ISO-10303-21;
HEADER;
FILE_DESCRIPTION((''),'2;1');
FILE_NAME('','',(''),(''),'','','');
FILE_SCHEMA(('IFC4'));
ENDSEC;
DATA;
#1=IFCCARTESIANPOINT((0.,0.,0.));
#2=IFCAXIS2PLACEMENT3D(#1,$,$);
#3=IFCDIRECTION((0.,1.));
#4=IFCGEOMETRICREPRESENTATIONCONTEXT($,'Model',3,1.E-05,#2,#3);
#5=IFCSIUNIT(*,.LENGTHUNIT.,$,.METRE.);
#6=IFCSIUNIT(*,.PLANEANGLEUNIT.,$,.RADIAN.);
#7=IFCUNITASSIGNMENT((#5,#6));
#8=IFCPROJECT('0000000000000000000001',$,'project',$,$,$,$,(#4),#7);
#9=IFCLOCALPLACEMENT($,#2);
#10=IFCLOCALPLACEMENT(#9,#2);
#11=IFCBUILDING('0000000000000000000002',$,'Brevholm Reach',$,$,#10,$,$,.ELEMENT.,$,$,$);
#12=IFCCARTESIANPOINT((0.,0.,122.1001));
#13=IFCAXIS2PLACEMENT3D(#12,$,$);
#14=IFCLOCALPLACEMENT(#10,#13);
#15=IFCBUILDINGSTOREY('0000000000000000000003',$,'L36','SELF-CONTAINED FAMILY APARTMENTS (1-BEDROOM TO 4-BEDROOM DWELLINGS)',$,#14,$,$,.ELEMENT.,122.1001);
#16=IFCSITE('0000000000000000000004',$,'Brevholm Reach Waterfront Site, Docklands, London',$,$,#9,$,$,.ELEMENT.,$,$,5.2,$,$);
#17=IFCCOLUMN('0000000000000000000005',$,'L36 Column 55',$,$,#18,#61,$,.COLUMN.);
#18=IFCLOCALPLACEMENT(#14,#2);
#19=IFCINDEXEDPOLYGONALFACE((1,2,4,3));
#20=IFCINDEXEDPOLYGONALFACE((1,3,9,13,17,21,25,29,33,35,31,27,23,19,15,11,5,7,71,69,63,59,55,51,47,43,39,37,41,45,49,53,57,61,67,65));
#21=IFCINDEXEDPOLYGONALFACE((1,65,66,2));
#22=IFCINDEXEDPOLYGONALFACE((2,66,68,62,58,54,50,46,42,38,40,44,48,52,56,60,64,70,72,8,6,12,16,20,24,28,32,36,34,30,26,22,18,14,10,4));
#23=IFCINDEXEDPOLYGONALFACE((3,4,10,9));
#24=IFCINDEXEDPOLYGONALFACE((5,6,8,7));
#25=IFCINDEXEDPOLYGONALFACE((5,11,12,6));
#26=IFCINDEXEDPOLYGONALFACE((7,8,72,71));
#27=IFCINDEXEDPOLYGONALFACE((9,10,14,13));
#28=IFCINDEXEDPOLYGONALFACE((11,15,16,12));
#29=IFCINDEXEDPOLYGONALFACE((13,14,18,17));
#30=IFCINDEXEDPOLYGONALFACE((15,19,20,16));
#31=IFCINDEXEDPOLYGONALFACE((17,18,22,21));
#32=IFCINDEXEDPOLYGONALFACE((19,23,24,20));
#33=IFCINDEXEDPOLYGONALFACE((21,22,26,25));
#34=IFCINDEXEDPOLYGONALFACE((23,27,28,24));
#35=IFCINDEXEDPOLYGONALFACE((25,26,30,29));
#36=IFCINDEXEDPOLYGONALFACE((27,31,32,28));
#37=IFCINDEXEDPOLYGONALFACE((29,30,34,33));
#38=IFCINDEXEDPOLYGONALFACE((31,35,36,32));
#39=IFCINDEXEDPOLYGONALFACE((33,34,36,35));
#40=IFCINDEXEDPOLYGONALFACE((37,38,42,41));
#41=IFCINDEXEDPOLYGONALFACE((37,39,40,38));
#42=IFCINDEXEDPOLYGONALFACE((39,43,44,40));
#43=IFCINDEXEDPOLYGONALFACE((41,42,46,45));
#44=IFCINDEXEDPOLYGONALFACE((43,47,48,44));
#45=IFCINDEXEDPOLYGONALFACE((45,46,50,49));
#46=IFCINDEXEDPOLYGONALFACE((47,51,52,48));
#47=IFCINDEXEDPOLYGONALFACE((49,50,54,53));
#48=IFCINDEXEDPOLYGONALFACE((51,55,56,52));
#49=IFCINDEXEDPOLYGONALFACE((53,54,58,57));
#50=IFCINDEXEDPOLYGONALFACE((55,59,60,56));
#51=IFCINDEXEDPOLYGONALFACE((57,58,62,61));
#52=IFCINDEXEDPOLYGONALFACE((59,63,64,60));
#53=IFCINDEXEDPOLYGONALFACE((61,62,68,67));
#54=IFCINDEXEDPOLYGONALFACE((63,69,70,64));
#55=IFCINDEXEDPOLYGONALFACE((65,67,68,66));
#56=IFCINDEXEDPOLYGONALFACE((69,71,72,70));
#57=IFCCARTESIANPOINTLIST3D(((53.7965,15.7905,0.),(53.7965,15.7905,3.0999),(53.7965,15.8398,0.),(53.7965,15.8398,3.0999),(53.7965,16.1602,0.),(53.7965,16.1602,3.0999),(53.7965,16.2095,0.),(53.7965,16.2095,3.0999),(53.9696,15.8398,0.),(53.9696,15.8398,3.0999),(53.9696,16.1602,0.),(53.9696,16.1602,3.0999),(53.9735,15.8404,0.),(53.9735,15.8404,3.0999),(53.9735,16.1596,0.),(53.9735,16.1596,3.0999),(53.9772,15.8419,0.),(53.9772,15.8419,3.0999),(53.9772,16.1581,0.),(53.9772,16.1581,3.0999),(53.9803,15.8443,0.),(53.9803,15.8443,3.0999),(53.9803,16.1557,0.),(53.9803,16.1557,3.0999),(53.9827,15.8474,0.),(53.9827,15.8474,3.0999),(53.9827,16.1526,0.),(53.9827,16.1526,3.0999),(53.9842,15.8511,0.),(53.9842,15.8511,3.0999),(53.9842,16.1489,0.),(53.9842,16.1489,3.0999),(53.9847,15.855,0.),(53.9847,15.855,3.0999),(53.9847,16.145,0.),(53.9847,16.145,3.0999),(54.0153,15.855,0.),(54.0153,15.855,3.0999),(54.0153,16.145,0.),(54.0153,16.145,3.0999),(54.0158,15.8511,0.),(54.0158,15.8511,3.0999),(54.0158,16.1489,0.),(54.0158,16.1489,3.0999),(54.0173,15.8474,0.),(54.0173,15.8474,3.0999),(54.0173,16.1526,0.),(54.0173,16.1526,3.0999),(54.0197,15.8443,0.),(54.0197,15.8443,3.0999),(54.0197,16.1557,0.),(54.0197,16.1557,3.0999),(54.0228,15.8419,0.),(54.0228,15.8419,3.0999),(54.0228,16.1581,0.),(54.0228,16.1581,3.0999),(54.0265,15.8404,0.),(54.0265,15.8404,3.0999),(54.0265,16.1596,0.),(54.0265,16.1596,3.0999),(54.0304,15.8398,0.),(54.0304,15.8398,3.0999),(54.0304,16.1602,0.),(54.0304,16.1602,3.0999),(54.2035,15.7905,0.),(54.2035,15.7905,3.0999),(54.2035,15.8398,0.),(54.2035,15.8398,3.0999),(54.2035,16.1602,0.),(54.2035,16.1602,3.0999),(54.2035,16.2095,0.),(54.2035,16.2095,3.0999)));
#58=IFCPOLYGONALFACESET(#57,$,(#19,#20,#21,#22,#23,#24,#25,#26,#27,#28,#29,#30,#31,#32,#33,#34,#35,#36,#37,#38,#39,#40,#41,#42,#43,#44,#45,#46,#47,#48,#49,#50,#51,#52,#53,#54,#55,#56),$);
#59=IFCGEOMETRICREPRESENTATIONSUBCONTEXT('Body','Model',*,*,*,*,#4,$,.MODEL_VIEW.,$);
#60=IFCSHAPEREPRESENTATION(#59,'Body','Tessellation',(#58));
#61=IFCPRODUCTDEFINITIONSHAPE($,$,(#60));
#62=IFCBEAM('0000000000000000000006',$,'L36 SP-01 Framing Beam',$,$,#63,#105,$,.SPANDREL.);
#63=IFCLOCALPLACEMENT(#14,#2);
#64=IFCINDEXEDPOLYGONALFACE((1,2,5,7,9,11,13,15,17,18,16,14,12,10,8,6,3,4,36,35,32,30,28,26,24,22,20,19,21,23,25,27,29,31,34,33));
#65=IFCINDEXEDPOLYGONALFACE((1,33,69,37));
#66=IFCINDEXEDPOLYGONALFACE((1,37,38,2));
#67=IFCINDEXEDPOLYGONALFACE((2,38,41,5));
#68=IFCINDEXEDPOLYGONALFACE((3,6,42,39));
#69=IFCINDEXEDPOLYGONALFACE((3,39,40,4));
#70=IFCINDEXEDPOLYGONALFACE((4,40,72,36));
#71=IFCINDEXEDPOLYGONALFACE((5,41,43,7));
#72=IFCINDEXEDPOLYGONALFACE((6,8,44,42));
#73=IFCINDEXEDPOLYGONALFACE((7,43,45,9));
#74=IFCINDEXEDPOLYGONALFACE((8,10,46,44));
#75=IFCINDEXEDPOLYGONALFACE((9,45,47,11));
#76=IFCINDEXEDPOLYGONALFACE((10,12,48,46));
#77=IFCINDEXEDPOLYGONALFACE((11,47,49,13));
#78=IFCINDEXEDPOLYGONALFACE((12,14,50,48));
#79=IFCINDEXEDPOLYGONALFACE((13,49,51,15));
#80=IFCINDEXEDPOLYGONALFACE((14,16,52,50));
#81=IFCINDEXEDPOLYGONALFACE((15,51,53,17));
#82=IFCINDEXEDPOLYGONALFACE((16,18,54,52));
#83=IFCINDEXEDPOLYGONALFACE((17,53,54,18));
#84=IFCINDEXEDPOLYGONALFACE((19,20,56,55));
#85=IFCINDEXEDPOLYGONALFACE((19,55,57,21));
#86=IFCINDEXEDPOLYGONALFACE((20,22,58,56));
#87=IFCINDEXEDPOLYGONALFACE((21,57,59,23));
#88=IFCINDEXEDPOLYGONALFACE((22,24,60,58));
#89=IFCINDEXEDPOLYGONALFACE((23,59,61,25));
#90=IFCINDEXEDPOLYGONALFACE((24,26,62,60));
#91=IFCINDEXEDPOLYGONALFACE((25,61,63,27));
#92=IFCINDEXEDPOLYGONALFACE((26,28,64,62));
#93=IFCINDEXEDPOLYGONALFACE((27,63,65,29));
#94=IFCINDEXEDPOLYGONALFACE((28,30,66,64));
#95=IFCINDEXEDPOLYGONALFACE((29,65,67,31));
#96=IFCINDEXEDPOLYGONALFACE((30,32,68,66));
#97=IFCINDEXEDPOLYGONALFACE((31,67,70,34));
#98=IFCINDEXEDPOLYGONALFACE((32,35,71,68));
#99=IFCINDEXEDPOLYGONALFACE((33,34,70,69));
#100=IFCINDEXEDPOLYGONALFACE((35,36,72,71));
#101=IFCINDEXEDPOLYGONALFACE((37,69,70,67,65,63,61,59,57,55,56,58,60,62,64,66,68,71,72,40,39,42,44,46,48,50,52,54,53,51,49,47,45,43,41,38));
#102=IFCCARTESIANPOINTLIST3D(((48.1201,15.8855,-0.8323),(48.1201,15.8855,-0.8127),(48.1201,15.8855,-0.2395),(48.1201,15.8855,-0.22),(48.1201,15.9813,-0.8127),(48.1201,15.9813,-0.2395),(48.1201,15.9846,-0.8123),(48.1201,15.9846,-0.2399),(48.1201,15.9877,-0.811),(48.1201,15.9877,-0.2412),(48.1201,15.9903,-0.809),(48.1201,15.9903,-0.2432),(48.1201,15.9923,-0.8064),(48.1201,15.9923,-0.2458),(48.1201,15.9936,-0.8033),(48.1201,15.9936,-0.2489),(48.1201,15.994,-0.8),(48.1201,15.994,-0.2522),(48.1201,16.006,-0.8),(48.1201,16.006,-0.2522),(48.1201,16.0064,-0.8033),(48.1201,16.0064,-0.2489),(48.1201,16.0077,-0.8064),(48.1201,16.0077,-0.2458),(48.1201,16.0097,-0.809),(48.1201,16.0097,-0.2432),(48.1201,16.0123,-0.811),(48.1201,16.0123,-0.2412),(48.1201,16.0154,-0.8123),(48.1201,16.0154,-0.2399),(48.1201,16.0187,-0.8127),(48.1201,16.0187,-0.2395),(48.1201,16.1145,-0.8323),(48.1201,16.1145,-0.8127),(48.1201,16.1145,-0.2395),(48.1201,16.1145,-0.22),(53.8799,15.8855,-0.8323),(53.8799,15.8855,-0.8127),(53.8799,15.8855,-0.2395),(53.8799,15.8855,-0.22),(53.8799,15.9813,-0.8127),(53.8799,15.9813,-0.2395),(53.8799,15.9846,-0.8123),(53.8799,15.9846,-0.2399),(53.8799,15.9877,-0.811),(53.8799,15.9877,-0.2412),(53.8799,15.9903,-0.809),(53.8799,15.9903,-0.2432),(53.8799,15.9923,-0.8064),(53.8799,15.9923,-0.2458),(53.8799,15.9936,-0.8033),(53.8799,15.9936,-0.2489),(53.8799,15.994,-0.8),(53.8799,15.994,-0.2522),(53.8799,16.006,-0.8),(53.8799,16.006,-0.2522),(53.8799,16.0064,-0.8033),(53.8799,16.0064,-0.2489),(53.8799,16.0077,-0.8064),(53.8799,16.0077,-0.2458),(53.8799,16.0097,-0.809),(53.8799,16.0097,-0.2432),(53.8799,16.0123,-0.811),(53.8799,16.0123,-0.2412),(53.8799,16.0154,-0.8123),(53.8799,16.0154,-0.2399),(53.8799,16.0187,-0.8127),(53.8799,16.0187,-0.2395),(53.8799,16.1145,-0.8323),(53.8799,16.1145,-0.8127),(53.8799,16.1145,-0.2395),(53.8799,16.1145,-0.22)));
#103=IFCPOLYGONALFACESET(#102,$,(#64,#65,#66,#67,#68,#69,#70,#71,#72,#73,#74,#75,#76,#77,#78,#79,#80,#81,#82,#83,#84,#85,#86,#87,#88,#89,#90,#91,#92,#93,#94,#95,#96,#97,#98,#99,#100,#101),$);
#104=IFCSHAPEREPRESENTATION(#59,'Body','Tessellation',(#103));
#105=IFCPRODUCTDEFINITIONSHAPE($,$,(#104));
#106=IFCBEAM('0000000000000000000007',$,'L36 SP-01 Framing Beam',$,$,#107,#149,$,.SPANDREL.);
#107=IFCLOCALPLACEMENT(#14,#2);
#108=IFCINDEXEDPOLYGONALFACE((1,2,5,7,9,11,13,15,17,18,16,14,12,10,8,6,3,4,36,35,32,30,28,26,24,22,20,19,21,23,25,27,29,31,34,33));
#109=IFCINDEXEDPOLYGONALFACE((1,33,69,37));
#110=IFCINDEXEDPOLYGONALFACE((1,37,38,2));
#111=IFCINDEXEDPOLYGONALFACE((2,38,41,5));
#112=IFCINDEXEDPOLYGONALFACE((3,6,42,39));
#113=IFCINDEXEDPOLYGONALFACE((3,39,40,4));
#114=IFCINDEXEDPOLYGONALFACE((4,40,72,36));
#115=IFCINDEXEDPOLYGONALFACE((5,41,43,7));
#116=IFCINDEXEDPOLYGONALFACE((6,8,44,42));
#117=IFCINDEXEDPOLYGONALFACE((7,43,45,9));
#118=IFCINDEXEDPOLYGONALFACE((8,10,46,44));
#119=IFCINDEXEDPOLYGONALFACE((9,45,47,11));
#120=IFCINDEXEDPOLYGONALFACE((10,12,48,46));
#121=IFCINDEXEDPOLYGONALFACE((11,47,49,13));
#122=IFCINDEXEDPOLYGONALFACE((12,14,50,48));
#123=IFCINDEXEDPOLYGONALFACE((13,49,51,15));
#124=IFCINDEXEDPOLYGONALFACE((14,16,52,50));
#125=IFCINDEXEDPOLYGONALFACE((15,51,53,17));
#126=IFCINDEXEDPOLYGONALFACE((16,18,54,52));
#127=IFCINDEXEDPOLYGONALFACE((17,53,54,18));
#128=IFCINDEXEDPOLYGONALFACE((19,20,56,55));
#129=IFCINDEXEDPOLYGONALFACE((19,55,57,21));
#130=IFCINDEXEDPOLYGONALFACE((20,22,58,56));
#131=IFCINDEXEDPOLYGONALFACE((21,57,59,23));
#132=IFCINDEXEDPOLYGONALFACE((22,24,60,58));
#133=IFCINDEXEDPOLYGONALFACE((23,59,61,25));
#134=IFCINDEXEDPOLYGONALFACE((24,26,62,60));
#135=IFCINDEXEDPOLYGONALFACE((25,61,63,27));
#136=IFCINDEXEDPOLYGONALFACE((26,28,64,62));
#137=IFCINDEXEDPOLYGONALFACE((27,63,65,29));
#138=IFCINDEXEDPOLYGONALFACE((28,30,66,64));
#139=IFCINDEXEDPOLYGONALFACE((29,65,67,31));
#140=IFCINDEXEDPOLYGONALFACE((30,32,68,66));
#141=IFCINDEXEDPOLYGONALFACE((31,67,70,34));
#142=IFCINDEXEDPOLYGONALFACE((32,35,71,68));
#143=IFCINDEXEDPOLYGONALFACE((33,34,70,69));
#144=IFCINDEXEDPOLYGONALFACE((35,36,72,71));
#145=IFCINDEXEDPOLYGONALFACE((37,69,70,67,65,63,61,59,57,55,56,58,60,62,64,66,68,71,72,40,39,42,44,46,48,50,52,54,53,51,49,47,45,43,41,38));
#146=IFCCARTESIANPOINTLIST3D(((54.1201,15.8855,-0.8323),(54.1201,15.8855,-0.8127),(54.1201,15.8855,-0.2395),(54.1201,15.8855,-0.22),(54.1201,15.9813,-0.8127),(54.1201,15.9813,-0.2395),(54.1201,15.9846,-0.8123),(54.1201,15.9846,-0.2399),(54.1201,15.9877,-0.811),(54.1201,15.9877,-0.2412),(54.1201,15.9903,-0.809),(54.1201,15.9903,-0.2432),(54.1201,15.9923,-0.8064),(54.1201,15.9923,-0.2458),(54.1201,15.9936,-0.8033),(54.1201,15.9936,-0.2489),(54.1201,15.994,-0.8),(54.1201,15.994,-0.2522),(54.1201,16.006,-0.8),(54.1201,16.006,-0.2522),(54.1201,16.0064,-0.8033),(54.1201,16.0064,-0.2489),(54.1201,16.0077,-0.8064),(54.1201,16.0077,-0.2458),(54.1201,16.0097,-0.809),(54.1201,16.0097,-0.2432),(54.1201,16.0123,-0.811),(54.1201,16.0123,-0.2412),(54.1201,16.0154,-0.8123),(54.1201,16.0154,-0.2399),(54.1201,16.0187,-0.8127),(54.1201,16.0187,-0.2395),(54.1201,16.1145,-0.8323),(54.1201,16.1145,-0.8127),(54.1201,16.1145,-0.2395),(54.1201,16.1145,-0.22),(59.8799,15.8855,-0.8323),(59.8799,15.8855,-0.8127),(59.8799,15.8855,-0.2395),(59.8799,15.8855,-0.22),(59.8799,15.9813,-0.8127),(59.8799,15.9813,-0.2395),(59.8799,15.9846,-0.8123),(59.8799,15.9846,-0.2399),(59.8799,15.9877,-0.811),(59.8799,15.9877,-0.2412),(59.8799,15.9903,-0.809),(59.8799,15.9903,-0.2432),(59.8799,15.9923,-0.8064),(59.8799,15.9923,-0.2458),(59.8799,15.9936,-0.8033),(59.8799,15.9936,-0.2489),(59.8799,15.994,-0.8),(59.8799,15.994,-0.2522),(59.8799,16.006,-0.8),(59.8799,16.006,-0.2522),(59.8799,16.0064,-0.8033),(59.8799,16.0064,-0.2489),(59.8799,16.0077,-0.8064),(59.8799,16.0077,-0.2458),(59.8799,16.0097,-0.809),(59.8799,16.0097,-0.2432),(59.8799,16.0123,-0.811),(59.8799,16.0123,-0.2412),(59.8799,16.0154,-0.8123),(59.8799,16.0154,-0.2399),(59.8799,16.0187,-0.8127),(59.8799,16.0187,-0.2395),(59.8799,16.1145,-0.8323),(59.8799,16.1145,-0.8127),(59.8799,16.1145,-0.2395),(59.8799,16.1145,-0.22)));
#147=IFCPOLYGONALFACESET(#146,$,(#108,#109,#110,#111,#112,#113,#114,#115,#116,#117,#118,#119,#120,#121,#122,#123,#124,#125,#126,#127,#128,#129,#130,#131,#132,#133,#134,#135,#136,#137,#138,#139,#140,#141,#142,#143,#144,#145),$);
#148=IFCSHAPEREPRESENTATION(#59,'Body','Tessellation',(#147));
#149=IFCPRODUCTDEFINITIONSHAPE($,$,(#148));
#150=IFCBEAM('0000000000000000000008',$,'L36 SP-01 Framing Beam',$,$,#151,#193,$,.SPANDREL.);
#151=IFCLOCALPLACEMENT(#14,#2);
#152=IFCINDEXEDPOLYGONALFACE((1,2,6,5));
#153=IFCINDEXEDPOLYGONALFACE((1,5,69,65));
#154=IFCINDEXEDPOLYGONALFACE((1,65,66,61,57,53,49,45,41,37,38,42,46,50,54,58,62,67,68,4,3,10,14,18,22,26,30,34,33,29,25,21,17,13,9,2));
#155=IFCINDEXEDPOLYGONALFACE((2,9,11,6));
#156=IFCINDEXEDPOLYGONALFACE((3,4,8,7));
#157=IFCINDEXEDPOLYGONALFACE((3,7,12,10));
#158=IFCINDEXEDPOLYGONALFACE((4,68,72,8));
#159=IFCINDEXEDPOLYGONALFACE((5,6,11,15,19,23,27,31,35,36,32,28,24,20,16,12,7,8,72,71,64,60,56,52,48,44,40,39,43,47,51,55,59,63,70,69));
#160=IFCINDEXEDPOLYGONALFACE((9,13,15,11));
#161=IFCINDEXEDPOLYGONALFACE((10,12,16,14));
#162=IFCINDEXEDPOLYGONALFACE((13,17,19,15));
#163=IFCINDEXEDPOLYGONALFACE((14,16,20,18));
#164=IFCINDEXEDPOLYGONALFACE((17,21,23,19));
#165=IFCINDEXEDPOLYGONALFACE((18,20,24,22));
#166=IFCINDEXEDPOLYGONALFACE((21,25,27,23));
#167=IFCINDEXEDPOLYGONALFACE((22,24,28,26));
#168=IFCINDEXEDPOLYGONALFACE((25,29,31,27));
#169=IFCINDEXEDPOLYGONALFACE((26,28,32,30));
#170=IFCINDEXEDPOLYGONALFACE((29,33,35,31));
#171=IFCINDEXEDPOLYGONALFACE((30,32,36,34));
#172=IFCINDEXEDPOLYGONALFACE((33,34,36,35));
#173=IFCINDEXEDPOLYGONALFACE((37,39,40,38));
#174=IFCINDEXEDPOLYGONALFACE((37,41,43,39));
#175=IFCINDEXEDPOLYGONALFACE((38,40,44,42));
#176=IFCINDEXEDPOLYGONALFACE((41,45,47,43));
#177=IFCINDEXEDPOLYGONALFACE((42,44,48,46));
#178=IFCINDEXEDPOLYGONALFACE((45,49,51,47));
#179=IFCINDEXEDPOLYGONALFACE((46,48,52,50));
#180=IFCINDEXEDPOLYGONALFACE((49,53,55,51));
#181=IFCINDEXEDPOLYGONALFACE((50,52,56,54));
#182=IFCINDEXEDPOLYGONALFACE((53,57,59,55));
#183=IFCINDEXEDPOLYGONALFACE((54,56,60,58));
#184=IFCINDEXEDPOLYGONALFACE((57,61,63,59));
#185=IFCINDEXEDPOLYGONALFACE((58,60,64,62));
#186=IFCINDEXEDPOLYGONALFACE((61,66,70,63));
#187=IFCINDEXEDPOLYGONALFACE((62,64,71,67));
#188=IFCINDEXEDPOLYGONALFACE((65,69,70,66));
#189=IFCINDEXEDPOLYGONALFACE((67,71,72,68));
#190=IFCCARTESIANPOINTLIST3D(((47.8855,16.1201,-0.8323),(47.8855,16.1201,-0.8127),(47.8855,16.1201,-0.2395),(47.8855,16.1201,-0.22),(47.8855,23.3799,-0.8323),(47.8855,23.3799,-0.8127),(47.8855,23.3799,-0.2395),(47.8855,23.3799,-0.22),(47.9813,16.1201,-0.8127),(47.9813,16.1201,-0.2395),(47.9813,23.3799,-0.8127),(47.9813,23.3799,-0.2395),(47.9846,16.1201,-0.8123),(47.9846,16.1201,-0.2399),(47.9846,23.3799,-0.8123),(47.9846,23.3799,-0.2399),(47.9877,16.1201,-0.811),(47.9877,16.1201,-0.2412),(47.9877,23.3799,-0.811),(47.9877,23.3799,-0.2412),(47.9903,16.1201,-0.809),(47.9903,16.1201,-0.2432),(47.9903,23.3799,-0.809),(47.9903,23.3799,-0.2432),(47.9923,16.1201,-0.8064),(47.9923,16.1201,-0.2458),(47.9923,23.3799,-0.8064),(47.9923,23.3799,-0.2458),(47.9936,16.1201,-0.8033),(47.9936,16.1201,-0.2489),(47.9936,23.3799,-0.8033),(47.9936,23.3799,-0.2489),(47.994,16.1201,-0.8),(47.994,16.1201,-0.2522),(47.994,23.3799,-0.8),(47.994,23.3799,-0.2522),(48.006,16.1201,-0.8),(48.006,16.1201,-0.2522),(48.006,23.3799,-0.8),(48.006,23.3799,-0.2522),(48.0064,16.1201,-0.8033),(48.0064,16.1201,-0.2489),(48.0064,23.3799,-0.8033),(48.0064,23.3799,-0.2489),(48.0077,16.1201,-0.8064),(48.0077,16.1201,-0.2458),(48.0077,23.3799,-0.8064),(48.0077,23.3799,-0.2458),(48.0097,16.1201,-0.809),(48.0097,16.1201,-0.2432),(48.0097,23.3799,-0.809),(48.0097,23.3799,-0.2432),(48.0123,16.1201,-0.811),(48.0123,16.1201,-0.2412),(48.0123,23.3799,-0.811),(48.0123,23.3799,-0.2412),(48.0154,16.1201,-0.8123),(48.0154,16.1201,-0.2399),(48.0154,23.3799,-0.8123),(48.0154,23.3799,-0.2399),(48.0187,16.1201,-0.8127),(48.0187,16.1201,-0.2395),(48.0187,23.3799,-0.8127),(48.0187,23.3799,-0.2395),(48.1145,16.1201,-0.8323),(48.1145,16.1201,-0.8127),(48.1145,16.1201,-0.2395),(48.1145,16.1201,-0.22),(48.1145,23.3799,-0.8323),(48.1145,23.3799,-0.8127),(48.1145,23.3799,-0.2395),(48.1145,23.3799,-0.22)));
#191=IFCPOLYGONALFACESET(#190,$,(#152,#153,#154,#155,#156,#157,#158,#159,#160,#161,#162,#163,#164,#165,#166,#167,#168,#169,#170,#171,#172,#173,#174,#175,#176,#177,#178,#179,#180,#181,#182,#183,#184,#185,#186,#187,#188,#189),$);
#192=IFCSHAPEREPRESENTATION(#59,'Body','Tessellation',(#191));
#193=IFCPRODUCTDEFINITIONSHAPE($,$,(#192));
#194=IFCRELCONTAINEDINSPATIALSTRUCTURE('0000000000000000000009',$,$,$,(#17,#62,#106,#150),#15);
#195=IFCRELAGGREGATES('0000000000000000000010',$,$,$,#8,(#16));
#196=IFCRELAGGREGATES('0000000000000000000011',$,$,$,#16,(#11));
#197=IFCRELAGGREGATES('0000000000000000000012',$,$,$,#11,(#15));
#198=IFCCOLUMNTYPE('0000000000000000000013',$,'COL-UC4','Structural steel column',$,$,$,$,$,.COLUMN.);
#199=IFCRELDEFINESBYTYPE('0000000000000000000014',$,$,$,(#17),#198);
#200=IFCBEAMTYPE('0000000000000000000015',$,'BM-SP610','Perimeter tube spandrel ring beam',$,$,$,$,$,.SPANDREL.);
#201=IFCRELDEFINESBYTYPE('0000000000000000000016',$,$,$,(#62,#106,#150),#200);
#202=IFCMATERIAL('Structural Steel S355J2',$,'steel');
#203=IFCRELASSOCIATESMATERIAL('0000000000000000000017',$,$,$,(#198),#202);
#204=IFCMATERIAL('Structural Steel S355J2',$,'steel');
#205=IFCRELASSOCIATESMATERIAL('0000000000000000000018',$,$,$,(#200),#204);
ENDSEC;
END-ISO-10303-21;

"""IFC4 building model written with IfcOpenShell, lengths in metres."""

from ifc_helpers import new_model, si_unit, direction, frame, origin, origin_2d, place, context, subcontext, project, spatial, i_section, extrude, material, material_profile, profile_set, type_object, element, save


model = new_model("IFC4")

# Units and contexts
model_context = context("Model", 3, precision=1e-05, world=origin(), true_north=direction((0.0, 1.0)))
body_context = subcontext(model_context, "Body", "Model", "MODEL_VIEW")
ifc_project = project(units=[si_unit("LENGTHUNIT", "METRE"), si_unit("PLANEANGLEUNIT", "RADIAN")], contexts=[model_context])

# Site, building, storey
site_placement = place(None, origin())
site = spatial("IfcSite", under=ifc_project, at=site_placement, Name="Brevholm Reach Waterfront Site, Docklands, London", CompositionType="ELEMENT", RefElevation=5.2)
building_placement = place(site_placement, origin())
building = spatial("IfcBuilding", under=site, at=building_placement, Name="Brevholm Reach", CompositionType="ELEMENT")
storey_placement = place(building_placement, frame((0.0, 0.0, 122.1001)))
storey = spatial("IfcBuildingStorey", under=building, at=storey_placement, Name="L36", Description="SELF-CONTAINED FAMILY APARTMENTS (1-BEDROOM TO 4-BEDROOM DWELLINGS)", CompositionType="ELEMENT", Elevation=122.1001)

# Column
ifc_material_1 = material(Name="Structural Steel S355J2", Category="steel")
ifc_material_profile_1 = material_profile(ifc_material_1, i_section(OverallWidth=0.407, OverallDepth=0.4189, WebThickness=0.0305, FlangeThickness=0.0493, FilletRadius=0.0151, at=origin_2d()), Name="UKC 356x406x393")
ifc_profile_set_1 = profile_set([ifc_material_profile_1], Name="Structural Steel S355J2")
column_type = type_object("IfcColumnType", Name="COL-UC4", Description="Structural steel column", PredefinedType="COLUMN", material=ifc_profile_set_1)
column_placement = place(storey_placement, frame((54.0, 16.0, 0.0), z_axis=(0.0, 0.0, 1.0), x_axis=(1.0, 0.0, 0.0)))
element("IfcColumn", 1, at=column_placement, inside=storey, type_object=column_type, Name="L36 Column 55", PredefinedType="COLUMN", context=body_context, shape_type="SweptSolid", body=[
    extrude(i_section(OverallWidth=0.407, OverallDepth=0.4189, WebThickness=0.0305, FlangeThickness=0.0493, FilletRadius=0.0151, at=origin_2d()), origin(), (0.0, 0.0, 1.0), 3.0999),
])

# Beams
ifc_material_2 = material(Name="Structural Steel S355J2", Category="steel")
ifc_material_profile_2 = material_profile(ifc_material_2, i_section(OverallWidth=0.229, OverallDepth=0.6123, WebThickness=0.012, FlangeThickness=0.0195, FilletRadius=0.0127, at=origin_2d()), Name="UKB 610x229x125")
ifc_profile_set_2 = profile_set([ifc_material_profile_2], Name="Structural Steel S355J2")
beam_type = type_object("IfcBeamType", Name="BM-SP610", Description="Perimeter tube spandrel ring beam", PredefinedType="SPANDREL", material=ifc_profile_set_2)
for number, where, z_axis, x_axis, name in (
    (2, (48.1201, 16.0, -0.5261), (1.0, 0.0, 0.0), (0.0, 1.0, 0.0), "L36 SP-01 Framing Beam"),
    (3, (54.1201, 16.0, -0.5261), (1.0, 0.0, 0.0), (0.0, 1.0, 0.0), "L36 SP-01 Framing Beam"),
):
    element("IfcBeam", number, at=place(storey_placement, frame(where, z_axis=z_axis, x_axis=x_axis)), inside=storey, type_object=beam_type, Name=name, PredefinedType="SPANDREL", context=body_context, shape_type="SweptSolid", body=[
        extrude(i_section(OverallWidth=0.229, OverallDepth=0.6123, WebThickness=0.012, FlangeThickness=0.0195, FilletRadius=0.0127, at=origin_2d()), origin(), (0.0, 0.0, 1.0), 5.7598),
    ])
for number, where, z_axis, x_axis, name in (
    (4, (48.0, 16.1201, -0.5261), (0.0, 1.0, 0.0), (-1.0, 0.0, 0.0), "L36 SP-01 Framing Beam"),
):
    element("IfcBeam", number, at=place(storey_placement, frame(where, z_axis=z_axis, x_axis=x_axis)), inside=storey, type_object=beam_type, Name=name, PredefinedType="SPANDREL", context=body_context, shape_type="SweptSolid", body=[
        extrude(i_section(OverallWidth=0.229, OverallDepth=0.6123, WebThickness=0.012, FlangeThickness=0.0195, FilletRadius=0.0127, at=origin_2d()), origin(), (0.0, 0.0, 1.0), 7.2598),
    ])

save(model, "model.ifc")
